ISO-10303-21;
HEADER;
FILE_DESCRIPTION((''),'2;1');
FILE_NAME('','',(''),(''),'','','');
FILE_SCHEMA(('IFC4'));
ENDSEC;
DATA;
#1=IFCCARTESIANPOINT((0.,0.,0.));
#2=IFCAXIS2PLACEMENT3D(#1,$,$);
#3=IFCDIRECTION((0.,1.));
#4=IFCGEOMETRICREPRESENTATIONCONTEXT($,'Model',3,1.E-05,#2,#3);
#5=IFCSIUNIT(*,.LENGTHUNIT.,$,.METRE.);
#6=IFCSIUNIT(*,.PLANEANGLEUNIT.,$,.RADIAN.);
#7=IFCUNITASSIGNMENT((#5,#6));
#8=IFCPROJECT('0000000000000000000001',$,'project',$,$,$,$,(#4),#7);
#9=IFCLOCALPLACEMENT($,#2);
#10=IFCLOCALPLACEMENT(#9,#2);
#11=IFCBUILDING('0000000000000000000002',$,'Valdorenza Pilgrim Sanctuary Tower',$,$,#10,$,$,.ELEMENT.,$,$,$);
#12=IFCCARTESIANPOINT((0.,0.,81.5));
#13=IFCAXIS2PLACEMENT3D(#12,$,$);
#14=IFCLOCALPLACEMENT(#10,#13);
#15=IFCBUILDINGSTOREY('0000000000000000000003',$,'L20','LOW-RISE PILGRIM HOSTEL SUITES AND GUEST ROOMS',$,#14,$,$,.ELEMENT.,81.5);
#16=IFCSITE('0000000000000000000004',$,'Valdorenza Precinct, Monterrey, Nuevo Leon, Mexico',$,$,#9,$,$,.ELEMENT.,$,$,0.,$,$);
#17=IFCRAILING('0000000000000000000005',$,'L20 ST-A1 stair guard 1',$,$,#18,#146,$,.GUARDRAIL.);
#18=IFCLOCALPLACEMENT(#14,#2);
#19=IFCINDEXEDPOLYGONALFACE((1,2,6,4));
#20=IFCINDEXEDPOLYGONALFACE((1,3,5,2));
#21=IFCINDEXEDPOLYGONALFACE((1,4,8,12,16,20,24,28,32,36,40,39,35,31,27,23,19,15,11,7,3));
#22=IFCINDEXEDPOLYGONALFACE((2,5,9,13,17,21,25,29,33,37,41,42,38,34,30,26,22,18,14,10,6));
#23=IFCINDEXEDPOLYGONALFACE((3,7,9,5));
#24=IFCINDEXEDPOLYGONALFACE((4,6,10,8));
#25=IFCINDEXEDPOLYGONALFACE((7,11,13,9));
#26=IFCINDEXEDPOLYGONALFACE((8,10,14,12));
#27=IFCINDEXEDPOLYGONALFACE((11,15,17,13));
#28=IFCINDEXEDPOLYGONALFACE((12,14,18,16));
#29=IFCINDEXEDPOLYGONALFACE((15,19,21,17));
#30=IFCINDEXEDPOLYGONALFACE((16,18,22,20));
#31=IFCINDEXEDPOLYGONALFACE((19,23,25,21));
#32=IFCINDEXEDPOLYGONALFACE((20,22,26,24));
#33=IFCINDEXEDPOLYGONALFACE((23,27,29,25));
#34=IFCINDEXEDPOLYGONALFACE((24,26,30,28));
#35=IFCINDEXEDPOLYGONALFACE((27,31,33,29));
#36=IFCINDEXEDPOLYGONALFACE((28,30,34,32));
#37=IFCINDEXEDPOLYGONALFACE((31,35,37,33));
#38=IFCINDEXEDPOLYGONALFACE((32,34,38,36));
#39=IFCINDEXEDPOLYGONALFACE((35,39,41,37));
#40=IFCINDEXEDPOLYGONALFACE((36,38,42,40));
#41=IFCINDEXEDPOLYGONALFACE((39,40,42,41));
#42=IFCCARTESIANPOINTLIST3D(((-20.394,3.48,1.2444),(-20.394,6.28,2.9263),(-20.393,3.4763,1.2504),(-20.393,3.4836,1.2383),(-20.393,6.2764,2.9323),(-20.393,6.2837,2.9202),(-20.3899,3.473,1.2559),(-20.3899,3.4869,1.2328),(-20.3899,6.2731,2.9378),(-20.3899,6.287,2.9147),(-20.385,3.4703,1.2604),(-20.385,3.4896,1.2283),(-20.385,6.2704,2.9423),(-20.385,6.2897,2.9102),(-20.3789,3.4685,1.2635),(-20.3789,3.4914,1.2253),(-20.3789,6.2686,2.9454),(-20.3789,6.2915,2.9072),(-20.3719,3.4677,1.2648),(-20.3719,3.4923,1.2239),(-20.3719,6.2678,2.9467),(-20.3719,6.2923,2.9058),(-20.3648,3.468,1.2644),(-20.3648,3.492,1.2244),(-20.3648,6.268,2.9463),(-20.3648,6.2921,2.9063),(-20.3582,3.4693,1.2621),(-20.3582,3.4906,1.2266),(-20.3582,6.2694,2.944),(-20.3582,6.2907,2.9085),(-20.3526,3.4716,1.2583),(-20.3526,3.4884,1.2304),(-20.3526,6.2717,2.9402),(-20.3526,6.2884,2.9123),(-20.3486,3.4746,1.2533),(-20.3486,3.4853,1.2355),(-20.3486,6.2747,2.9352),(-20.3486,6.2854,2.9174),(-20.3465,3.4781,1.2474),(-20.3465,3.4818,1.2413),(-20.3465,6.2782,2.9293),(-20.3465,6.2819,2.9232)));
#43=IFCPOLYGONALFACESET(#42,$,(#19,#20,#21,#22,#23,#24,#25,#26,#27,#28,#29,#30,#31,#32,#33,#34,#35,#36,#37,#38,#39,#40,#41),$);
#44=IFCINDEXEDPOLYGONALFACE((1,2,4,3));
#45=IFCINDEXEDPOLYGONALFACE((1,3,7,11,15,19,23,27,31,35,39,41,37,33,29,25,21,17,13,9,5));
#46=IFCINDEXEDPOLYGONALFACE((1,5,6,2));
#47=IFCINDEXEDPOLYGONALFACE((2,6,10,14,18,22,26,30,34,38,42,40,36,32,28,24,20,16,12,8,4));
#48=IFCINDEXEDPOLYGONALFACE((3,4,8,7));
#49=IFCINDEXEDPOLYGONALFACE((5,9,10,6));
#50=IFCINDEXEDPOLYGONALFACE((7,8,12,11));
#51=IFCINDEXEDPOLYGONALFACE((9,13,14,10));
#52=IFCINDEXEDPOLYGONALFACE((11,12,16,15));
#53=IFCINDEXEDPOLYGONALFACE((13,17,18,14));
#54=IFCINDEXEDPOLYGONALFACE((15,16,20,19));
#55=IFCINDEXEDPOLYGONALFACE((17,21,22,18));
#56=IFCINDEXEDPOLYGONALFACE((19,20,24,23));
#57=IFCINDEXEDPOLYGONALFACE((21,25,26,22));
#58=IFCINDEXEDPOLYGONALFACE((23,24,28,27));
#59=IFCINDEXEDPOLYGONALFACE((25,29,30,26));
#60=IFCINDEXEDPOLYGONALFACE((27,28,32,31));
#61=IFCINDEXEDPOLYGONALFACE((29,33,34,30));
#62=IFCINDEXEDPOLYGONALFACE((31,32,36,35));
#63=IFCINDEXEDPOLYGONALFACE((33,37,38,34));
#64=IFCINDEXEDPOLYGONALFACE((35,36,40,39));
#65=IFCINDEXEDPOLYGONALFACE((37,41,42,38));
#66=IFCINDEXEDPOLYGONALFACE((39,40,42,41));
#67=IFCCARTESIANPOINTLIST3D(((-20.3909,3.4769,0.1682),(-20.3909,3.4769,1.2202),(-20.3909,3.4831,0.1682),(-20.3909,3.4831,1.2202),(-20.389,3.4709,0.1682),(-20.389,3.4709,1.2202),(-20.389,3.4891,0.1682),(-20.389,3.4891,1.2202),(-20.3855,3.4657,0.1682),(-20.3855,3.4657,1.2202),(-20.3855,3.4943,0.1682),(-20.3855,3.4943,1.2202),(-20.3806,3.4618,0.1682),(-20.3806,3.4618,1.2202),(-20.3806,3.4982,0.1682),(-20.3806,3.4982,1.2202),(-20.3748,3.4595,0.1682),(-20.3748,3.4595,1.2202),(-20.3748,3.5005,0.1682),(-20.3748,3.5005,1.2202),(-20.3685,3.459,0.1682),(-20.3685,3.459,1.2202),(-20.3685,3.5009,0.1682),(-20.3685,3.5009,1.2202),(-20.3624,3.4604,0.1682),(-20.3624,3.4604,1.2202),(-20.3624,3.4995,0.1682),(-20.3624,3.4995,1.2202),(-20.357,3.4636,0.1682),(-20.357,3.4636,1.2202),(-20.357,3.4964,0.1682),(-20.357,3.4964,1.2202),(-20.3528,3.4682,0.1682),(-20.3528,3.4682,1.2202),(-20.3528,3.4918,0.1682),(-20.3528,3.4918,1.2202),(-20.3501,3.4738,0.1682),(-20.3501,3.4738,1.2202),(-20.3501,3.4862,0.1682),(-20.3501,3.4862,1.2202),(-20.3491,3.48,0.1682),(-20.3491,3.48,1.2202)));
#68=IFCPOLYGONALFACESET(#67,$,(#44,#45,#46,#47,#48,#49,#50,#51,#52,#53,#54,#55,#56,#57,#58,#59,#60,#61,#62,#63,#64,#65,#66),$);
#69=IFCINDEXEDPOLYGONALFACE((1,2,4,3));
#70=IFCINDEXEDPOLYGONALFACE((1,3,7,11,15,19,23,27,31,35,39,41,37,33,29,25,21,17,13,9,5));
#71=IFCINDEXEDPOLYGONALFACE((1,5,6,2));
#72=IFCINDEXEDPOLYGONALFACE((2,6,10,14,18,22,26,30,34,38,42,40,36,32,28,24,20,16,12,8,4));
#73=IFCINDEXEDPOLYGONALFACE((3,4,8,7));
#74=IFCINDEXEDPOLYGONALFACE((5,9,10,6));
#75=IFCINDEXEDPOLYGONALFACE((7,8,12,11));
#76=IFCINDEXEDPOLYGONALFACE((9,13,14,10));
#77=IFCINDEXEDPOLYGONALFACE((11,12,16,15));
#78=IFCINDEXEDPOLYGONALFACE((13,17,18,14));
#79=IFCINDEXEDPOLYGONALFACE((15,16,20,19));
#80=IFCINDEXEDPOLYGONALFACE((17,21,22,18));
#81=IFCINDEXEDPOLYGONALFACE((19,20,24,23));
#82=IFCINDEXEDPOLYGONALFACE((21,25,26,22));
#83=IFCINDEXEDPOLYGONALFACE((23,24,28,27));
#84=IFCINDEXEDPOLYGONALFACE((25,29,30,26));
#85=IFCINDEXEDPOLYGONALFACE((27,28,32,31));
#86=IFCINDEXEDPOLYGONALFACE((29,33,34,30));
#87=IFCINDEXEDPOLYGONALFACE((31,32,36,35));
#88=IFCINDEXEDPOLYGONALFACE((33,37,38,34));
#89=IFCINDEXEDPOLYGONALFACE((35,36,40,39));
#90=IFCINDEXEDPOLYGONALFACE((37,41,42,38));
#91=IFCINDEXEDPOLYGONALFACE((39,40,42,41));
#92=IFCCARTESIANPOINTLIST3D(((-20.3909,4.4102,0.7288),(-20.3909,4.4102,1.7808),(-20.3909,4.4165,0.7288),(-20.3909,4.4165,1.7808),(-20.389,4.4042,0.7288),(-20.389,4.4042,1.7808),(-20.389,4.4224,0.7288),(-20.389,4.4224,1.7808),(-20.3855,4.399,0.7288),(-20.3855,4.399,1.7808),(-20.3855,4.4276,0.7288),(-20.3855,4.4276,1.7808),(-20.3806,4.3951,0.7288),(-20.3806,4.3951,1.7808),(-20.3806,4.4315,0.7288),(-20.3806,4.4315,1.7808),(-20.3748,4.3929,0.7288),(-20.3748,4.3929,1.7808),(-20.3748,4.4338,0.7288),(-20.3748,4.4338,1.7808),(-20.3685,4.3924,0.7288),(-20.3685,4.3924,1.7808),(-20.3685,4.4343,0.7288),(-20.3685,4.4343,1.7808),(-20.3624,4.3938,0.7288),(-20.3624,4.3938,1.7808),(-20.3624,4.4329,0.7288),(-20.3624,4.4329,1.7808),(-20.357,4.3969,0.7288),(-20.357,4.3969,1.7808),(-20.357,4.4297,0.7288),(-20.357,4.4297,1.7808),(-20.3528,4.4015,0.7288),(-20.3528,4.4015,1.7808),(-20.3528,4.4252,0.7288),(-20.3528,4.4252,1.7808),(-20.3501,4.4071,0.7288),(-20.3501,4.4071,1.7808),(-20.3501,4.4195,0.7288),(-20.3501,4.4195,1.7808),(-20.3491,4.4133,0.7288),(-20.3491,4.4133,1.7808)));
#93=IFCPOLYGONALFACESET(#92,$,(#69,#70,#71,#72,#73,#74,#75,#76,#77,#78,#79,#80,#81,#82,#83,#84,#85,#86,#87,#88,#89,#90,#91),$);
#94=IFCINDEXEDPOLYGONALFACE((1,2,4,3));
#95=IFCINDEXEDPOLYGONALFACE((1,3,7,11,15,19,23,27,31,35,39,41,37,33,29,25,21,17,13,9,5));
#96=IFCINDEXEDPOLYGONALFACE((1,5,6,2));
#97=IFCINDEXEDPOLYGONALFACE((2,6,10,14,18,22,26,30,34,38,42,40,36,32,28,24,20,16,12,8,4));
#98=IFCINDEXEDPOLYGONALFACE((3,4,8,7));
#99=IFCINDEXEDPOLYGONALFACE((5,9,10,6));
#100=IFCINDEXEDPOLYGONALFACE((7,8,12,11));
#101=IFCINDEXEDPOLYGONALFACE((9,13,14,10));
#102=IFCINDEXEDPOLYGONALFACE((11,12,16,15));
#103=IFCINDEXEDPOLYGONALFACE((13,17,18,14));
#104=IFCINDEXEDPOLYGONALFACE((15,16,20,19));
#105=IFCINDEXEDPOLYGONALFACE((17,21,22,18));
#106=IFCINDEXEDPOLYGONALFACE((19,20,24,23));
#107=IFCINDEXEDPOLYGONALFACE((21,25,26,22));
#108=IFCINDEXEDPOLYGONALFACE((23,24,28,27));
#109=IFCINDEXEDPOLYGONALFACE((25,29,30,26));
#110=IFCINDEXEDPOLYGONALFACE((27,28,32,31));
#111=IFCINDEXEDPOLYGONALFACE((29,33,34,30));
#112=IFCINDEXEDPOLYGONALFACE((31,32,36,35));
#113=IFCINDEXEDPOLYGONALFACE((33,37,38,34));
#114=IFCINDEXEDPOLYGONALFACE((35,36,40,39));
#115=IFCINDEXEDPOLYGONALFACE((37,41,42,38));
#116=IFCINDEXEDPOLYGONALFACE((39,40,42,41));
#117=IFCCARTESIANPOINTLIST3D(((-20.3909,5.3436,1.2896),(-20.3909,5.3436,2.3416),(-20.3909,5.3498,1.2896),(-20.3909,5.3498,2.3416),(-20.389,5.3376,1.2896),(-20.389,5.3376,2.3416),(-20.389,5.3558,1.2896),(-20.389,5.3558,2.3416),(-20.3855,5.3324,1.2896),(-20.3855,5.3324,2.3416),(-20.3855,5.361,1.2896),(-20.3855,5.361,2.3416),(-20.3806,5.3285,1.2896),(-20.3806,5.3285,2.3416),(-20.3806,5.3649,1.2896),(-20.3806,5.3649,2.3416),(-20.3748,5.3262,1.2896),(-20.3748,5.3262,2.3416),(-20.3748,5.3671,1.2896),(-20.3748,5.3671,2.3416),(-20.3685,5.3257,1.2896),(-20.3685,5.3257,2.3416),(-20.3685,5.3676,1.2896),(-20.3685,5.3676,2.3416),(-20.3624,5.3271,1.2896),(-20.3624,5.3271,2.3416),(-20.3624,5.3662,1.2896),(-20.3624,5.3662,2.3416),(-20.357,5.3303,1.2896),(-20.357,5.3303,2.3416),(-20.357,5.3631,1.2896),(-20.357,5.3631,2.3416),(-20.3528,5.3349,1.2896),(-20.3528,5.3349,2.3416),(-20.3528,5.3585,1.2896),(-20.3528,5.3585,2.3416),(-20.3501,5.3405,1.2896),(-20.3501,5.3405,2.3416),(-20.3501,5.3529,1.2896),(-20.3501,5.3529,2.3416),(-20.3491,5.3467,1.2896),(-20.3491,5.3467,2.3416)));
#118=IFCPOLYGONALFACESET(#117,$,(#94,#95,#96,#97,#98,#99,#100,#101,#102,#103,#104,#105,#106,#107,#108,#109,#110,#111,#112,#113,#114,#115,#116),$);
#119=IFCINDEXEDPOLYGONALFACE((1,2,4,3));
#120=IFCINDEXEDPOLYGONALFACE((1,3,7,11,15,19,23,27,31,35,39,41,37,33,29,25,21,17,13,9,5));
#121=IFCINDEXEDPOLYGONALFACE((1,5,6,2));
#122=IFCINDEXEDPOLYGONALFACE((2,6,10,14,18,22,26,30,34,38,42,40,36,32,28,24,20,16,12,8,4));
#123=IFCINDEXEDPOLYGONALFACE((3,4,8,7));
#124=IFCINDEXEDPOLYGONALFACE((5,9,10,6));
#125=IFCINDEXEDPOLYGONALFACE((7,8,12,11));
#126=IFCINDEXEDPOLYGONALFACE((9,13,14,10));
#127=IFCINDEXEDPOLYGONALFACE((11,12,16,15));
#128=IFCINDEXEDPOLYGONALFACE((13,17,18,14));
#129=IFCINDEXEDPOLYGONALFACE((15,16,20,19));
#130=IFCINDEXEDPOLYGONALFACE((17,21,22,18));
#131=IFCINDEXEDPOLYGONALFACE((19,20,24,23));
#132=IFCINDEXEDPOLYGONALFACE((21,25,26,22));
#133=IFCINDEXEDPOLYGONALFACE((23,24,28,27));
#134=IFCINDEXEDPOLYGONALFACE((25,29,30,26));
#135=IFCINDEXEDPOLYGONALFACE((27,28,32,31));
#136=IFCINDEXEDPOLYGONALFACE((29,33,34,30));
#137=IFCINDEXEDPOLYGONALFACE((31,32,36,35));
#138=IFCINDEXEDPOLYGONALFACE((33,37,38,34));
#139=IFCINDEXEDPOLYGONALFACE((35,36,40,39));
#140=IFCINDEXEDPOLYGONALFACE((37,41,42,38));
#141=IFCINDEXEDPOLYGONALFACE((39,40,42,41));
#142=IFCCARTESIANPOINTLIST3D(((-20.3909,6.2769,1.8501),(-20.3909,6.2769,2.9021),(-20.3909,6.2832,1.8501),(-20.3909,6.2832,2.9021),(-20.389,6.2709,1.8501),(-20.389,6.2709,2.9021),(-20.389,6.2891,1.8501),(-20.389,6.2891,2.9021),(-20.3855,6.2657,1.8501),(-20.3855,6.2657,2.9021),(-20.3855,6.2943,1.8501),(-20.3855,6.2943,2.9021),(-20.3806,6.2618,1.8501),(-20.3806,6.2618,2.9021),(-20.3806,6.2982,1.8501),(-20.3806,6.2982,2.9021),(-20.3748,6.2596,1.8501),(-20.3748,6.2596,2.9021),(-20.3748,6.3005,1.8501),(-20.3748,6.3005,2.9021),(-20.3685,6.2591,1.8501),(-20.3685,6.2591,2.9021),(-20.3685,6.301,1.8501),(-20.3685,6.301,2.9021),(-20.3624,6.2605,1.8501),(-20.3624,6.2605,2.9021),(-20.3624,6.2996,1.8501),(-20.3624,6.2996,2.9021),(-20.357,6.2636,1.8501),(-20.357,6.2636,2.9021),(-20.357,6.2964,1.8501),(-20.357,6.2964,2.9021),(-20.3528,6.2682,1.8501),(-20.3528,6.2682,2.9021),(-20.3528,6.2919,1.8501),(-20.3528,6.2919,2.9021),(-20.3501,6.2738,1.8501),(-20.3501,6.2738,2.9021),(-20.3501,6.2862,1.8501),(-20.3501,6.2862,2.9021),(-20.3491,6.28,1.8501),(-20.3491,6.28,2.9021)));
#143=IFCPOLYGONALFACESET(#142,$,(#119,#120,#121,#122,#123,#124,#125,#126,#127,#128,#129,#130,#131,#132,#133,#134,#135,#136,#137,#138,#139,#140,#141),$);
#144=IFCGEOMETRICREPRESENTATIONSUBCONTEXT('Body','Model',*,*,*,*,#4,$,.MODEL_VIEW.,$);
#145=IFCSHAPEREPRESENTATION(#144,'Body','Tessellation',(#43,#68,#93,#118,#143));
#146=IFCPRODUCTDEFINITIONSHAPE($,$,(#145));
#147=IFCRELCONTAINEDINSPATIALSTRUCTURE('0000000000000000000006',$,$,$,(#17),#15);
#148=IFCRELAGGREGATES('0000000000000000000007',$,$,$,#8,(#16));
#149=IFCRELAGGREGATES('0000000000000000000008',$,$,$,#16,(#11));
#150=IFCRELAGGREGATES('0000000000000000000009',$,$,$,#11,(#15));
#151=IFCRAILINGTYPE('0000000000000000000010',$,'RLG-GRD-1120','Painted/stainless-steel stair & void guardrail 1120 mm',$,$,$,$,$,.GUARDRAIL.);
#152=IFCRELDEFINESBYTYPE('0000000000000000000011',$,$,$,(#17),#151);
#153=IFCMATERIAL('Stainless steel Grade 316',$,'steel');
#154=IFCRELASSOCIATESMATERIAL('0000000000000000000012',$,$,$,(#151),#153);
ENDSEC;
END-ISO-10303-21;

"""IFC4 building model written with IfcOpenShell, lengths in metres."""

from ifc_helpers import new_model, si_unit, direction, frame, origin, origin_2d, place, context, subcontext, project, spatial, circle, extrude, material, type_object, element, save


model = new_model("IFC4")

# Units and contexts
model_context = context("Model", 3, precision=1e-05, world=origin(), true_north=direction((0.0, 1.0)))
body_context = subcontext(model_context, "Body", "Model", "MODEL_VIEW")
ifc_project = project(units=[si_unit("LENGTHUNIT", "METRE"), si_unit("PLANEANGLEUNIT", "RADIAN")], contexts=[model_context])

# Site, building, storey
site_placement = place(None, origin())
site = spatial("IfcSite", under=ifc_project, at=site_placement, Name="Valdorenza Precinct, Monterrey, Nuevo Leon, Mexico", CompositionType="ELEMENT", RefElevation=0.0)
building_placement = place(site_placement, origin())
building = spatial("IfcBuilding", under=site, at=building_placement, Name="Valdorenza Pilgrim Sanctuary Tower", CompositionType="ELEMENT")
storey_placement = place(building_placement, frame((0.0, 0.0, 81.5)))
storey = spatial("IfcBuildingStorey", under=building, at=storey_placement, Name="L20", Description="LOW-RISE PILGRIM HOSTEL SUITES AND GUEST ROOMS", CompositionType="ELEMENT", Elevation=81.5)

# Railing
ifc_material_1 = material(Name="Stainless steel Grade 316", Category="steel")
railing_type_1 = type_object("IfcRailingType", Name="RLG-GRD-1120", Description="Painted/stainless-steel stair & void guardrail 1120 mm", PredefinedType="GUARDRAIL", material=ifc_material_1)
railing_1_placement = place(storey_placement, frame((-20.3701, 3.48, 0.1682)))
element("IfcRailing", 1, at=railing_1_placement, inside=storey, type_object=railing_type_1, Name="L20 ST-A1 stair guard 1", PredefinedType="GUARDRAIL", context=body_context, shape_type="SweptSolid", body=[
    extrude(circle(Radius=0.0239, at=origin_2d()), frame((0.0, 0.0, 1.0762), z_axis=(0.0, 0.857242, 0.514913), x_axis=(-1.0, 0.0, 0.0)), (0.0, 0.0, 1.0), 3.2664),
    extrude(circle(Radius=0.021, at=origin_2d()), origin(), (0.0, 0.0, 1.0), 1.052),
    extrude(circle(Radius=0.021, at=origin_2d()), frame((0.0, 0.9333, 0.5605)), (0.0, 0.0, 1.0), 1.052),
    extrude(circle(Radius=0.021, at=origin_2d()), frame((0.0, 1.8667, 1.1213)), (0.0, 0.0, 1.0), 1.052),
    extrude(circle(Radius=0.021, at=origin_2d()), frame((0.0, 2.8, 1.6819)), (0.0, 0.0, 1.0), 1.052),
])

save(model, "model.ifc")
